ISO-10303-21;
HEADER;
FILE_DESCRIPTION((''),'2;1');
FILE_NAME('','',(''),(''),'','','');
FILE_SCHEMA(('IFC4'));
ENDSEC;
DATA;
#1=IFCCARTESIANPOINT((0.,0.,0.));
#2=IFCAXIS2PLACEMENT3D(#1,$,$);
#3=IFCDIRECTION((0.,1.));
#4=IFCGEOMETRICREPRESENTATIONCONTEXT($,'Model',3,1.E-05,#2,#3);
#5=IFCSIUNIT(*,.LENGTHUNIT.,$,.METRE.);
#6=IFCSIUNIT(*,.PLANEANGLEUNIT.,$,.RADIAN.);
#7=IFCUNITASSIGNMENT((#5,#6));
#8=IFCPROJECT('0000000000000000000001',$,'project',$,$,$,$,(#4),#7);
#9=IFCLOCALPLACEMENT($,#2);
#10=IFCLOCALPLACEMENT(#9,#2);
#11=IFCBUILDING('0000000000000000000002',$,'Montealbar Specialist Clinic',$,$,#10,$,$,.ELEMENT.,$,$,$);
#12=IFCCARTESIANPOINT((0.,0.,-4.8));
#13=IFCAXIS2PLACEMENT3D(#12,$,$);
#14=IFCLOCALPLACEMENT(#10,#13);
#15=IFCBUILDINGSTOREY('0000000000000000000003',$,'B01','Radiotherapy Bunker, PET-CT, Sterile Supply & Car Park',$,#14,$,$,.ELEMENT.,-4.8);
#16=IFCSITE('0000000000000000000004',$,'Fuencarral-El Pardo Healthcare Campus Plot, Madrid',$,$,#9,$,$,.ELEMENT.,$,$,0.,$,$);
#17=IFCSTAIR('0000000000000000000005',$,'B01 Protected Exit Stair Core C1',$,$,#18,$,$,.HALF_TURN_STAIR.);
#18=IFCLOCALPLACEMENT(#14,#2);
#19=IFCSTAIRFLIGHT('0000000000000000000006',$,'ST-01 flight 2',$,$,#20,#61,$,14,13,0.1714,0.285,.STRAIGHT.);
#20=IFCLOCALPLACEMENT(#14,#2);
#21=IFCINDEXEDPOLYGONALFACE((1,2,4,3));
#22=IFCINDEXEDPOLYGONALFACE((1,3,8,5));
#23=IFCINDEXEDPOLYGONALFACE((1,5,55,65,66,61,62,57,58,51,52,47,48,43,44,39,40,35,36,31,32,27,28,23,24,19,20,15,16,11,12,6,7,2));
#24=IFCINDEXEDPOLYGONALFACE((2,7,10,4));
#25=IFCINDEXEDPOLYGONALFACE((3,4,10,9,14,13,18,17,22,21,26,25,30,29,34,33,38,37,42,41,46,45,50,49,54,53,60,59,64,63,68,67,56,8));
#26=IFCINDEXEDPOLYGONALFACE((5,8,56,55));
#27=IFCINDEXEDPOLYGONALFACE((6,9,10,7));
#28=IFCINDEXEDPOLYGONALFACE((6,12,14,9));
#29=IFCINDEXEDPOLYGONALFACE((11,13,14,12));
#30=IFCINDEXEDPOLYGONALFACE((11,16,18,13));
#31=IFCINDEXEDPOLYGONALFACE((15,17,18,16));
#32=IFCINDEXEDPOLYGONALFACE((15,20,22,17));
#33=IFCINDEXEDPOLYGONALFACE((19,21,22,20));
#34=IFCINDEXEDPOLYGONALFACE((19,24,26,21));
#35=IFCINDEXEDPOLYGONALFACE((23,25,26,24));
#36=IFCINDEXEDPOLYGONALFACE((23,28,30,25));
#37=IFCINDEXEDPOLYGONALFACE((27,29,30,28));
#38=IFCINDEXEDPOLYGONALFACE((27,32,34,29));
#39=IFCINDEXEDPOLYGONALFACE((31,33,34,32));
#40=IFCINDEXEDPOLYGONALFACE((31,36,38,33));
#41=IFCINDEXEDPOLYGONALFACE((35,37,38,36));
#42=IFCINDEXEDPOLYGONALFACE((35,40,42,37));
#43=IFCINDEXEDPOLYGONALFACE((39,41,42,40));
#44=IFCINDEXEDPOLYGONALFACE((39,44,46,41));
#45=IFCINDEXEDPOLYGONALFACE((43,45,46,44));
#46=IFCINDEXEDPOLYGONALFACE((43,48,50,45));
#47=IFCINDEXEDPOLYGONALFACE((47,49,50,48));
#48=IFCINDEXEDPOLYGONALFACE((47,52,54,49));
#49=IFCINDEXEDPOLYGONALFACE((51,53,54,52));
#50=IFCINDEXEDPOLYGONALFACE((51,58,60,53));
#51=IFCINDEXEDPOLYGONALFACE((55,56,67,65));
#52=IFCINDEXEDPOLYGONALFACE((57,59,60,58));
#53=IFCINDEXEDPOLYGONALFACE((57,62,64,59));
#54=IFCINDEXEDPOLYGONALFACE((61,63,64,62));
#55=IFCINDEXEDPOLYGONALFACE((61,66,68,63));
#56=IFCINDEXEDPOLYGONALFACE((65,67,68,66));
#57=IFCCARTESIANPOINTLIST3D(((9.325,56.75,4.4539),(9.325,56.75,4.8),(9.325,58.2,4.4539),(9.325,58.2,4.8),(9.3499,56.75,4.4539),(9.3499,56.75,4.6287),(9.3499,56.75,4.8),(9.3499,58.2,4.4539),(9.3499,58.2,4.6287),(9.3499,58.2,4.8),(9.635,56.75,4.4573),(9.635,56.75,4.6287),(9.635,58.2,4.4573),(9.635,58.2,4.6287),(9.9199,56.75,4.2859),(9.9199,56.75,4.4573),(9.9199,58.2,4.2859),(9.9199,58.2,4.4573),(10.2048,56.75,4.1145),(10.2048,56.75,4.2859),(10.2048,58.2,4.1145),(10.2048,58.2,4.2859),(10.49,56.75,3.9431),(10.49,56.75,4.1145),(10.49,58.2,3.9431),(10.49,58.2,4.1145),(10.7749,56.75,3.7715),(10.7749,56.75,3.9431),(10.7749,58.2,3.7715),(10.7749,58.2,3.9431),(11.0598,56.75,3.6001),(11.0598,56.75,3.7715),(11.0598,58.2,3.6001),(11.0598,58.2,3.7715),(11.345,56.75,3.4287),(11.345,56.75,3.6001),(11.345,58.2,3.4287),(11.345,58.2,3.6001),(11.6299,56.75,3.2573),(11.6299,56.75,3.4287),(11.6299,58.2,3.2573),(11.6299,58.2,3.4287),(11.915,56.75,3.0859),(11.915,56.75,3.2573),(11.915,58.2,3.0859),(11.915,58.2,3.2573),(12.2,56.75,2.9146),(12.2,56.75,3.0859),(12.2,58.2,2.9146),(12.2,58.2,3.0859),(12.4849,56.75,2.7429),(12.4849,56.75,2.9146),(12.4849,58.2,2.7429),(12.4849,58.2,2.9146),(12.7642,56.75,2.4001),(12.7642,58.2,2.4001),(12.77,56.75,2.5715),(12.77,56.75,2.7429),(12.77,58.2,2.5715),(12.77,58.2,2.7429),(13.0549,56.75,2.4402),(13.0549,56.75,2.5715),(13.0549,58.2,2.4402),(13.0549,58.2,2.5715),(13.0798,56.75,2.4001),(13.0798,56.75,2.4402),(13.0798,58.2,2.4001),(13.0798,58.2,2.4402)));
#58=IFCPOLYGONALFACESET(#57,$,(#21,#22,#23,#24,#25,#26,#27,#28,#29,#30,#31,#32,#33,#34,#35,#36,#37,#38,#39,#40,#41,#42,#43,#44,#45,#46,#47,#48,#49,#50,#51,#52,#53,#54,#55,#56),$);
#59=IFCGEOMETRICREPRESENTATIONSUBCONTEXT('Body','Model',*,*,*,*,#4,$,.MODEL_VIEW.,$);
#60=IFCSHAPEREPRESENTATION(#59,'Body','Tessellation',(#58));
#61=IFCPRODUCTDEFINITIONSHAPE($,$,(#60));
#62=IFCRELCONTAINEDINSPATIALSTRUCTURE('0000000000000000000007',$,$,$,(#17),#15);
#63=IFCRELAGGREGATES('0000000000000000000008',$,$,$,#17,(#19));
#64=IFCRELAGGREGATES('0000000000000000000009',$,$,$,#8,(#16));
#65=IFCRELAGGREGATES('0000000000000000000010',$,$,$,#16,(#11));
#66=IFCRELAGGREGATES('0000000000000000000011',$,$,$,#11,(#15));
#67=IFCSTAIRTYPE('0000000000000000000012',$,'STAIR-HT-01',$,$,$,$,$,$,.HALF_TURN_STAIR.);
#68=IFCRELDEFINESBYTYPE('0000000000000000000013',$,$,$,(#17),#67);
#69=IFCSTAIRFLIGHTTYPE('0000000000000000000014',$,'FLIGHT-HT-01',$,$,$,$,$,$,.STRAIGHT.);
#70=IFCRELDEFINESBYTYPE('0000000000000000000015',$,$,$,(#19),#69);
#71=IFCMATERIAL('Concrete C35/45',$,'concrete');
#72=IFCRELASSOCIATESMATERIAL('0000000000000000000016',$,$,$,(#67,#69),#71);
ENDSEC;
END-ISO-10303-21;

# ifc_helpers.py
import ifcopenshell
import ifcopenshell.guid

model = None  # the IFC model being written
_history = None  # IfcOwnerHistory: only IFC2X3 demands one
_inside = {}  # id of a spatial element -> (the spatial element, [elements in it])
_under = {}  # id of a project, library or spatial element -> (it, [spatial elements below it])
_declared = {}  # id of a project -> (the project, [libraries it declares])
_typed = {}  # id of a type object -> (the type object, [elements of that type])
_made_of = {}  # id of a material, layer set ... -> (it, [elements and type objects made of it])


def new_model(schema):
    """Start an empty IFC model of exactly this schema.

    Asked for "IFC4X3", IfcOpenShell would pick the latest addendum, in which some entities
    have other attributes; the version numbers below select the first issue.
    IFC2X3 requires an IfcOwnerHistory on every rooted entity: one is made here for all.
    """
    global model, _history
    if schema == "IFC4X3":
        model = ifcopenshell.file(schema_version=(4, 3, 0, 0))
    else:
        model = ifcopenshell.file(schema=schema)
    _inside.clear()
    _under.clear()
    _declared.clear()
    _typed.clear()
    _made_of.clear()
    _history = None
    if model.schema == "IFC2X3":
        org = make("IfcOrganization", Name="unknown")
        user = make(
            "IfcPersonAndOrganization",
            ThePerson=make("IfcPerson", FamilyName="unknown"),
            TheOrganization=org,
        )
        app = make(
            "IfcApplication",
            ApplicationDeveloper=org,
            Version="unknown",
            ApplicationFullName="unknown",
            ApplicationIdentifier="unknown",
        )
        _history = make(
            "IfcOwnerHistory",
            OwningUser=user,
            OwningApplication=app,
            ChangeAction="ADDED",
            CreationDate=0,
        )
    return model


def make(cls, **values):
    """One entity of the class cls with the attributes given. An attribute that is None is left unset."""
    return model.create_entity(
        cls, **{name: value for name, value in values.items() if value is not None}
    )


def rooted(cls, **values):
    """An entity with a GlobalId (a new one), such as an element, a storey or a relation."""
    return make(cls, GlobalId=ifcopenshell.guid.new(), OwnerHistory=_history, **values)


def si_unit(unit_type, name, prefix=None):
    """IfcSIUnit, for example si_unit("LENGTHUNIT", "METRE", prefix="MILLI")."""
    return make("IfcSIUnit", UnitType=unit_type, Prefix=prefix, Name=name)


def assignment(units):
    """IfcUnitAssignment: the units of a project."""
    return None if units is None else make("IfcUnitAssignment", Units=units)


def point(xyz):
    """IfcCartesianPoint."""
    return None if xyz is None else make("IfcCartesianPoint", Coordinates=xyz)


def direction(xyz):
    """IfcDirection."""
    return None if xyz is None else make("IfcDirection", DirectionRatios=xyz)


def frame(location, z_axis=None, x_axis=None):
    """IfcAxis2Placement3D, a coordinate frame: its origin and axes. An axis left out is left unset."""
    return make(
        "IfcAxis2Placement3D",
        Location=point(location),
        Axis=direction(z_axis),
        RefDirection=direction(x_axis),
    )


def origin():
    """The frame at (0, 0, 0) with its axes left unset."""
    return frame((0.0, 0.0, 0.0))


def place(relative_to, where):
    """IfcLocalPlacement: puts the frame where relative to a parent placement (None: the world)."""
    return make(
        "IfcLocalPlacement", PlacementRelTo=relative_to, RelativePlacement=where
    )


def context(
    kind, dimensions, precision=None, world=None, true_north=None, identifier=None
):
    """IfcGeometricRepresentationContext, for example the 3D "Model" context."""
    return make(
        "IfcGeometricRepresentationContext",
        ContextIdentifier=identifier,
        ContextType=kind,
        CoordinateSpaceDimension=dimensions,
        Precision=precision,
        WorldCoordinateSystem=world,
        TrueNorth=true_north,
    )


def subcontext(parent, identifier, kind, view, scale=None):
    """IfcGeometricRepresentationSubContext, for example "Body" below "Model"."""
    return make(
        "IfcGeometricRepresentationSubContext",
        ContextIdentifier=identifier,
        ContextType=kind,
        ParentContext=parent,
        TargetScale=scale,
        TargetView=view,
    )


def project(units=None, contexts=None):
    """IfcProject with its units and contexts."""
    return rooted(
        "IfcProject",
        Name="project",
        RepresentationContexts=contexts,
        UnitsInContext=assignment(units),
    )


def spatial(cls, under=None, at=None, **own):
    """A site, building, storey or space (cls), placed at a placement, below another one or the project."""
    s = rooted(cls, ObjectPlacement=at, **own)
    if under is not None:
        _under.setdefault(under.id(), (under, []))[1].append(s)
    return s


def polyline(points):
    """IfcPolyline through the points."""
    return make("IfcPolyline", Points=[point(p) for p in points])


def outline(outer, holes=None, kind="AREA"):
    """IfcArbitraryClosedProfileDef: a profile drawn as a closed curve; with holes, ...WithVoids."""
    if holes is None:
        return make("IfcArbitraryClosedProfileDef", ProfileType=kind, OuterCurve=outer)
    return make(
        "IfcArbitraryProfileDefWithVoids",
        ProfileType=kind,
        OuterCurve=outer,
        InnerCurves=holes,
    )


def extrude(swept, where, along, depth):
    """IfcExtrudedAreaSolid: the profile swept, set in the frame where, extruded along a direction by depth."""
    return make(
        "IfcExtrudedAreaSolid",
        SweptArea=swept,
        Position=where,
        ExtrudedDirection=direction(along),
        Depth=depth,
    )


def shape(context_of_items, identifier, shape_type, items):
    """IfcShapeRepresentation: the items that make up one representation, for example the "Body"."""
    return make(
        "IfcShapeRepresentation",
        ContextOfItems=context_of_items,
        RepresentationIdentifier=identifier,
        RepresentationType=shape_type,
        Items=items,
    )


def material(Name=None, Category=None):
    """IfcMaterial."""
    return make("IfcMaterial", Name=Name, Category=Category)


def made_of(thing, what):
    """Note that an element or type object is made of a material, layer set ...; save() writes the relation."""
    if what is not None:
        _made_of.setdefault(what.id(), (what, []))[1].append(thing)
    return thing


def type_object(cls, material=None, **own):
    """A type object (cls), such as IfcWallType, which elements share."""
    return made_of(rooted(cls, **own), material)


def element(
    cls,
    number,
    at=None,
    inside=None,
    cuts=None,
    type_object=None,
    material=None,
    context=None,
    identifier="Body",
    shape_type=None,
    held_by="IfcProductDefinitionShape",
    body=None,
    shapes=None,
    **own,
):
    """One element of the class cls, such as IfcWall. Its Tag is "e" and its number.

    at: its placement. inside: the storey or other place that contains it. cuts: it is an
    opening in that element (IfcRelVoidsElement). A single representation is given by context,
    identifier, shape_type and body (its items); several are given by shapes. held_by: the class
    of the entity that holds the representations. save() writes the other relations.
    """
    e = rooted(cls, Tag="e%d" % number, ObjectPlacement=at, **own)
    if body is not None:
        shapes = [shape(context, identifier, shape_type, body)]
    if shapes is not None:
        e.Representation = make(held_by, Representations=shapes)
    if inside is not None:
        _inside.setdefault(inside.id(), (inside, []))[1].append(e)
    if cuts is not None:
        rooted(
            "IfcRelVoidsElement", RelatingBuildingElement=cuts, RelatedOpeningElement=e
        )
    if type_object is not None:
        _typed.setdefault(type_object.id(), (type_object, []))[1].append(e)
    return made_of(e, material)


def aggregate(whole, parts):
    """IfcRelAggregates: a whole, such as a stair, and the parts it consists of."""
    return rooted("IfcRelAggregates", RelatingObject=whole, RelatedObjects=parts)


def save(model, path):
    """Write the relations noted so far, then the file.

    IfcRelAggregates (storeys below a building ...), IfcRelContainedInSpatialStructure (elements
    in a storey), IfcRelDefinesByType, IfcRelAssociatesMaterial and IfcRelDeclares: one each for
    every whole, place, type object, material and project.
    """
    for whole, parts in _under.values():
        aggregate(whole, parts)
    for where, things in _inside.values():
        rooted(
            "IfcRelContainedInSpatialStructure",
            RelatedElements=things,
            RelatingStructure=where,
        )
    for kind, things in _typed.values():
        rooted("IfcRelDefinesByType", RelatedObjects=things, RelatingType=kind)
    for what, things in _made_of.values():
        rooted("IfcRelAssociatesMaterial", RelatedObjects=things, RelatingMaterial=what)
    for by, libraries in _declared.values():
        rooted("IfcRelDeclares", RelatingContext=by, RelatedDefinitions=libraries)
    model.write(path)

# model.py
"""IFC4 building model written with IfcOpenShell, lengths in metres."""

from ifc_helpers import new_model, si_unit, direction, frame, origin, place, context, subcontext, project, spatial, polyline, outline, extrude, material, type_object, element, aggregate, save


model = new_model("IFC4")

# Units and contexts
model_context = context("Model", 3, precision=1e-05, world=origin(), true_north=direction((0.0, 1.0)))
body_context = subcontext(model_context, "Body", "Model", "MODEL_VIEW")
ifc_project = project(units=[si_unit("LENGTHUNIT", "METRE"), si_unit("PLANEANGLEUNIT", "RADIAN")], contexts=[model_context])

# Site, building, storey
site_placement = place(None, origin())
site = spatial("IfcSite", under=ifc_project, at=site_placement, Name="Fuencarral-El Pardo Healthcare Campus Plot, Madrid", CompositionType="ELEMENT", RefElevation=0.0)
building_placement = place(site_placement, origin())
building = spatial("IfcBuilding", under=site, at=building_placement, Name="Montealbar Specialist Clinic", CompositionType="ELEMENT")
storey_placement = place(building_placement, frame((0.0, 0.0, -4.8)))
storey = spatial("IfcBuildingStorey", under=building, at=storey_placement, Name="B01", Description="Radiotherapy Bunker, PET-CT, Sterile Supply & Car Park", CompositionType="ELEMENT", Elevation=-4.8)

# Shared definitions
ifc_material_1 = material(Name="Concrete C35/45", Category="concrete")

# Stair, stair flight
stair_type = type_object("IfcStairType", Name="STAIR-HT-01", PredefinedType="HALF_TURN_STAIR", material=ifc_material_1)
stair_placement = place(storey_placement, origin())
stair = element("IfcStair", 1, at=stair_placement, inside=storey, type_object=stair_type, Name="B01 Protected Exit Stair Core C1", PredefinedType="HALF_TURN_STAIR")
stair_flight_type = type_object("IfcStairFlightType", Name="FLIGHT-HT-01", PredefinedType="STRAIGHT", material=ifc_material_1)
stair_flight_1_placement = place(storey_placement, frame((13.0549, 57.4751, 2.4001), z_axis=(0.0, 0.0, 1.0), x_axis=(-1.0, 0.0, 0.0)))
stair_flight_1 = element("IfcStairFlight", 2, at=stair_flight_1_placement, type_object=stair_flight_type, Name="ST-01 flight 2", NumberOfRisers=14, NumberOfTreads=13, PredefinedType="STRAIGHT", RiserHeight=0.1714, TreadLength=0.285, context=body_context, shape_type="SweptSolid", body=[
    extrude(outline(polyline([(-0.0249, 0.0), (-0.0249, 0.04), (0.0, 0.04), (0.0, 0.1714), (0.2849, 0.1714), (0.2849, 0.3428), (0.5701, 0.3428), (0.5701, 0.5144), (0.855, 0.5144), (0.855, 0.6858), (1.1399, 0.6858), (1.1399, 0.8572), (1.425, 0.8572), (1.425, 1.0286), (1.71, 1.0286), (1.71, 1.2), (1.9951, 1.2), (1.9951, 1.3713), (2.28, 1.3713), (2.28, 1.543), (2.5649, 1.543), (2.5649, 1.7144), (2.8501, 1.7144), (2.8501, 1.8857), (3.135, 1.8857), (3.135, 2.0571), (3.4199, 2.0571), (3.4199, 2.2285), (3.7051, 2.2285), (3.7051, 2.3999), (3.73, 2.3999), (3.73, 2.0537), (3.7051, 2.0537), (0.2908, 0.0), (-0.0249, 0.0)])), frame((0.0, 0.7251, 0.0), z_axis=(0.0, -1.0, 0.0), x_axis=(1.0, 0.0, 0.0)), (0.0, 0.0, 1.0), 1.45),
])
aggregate(stair, [stair_flight_1])

save(model, "model.ifc")
